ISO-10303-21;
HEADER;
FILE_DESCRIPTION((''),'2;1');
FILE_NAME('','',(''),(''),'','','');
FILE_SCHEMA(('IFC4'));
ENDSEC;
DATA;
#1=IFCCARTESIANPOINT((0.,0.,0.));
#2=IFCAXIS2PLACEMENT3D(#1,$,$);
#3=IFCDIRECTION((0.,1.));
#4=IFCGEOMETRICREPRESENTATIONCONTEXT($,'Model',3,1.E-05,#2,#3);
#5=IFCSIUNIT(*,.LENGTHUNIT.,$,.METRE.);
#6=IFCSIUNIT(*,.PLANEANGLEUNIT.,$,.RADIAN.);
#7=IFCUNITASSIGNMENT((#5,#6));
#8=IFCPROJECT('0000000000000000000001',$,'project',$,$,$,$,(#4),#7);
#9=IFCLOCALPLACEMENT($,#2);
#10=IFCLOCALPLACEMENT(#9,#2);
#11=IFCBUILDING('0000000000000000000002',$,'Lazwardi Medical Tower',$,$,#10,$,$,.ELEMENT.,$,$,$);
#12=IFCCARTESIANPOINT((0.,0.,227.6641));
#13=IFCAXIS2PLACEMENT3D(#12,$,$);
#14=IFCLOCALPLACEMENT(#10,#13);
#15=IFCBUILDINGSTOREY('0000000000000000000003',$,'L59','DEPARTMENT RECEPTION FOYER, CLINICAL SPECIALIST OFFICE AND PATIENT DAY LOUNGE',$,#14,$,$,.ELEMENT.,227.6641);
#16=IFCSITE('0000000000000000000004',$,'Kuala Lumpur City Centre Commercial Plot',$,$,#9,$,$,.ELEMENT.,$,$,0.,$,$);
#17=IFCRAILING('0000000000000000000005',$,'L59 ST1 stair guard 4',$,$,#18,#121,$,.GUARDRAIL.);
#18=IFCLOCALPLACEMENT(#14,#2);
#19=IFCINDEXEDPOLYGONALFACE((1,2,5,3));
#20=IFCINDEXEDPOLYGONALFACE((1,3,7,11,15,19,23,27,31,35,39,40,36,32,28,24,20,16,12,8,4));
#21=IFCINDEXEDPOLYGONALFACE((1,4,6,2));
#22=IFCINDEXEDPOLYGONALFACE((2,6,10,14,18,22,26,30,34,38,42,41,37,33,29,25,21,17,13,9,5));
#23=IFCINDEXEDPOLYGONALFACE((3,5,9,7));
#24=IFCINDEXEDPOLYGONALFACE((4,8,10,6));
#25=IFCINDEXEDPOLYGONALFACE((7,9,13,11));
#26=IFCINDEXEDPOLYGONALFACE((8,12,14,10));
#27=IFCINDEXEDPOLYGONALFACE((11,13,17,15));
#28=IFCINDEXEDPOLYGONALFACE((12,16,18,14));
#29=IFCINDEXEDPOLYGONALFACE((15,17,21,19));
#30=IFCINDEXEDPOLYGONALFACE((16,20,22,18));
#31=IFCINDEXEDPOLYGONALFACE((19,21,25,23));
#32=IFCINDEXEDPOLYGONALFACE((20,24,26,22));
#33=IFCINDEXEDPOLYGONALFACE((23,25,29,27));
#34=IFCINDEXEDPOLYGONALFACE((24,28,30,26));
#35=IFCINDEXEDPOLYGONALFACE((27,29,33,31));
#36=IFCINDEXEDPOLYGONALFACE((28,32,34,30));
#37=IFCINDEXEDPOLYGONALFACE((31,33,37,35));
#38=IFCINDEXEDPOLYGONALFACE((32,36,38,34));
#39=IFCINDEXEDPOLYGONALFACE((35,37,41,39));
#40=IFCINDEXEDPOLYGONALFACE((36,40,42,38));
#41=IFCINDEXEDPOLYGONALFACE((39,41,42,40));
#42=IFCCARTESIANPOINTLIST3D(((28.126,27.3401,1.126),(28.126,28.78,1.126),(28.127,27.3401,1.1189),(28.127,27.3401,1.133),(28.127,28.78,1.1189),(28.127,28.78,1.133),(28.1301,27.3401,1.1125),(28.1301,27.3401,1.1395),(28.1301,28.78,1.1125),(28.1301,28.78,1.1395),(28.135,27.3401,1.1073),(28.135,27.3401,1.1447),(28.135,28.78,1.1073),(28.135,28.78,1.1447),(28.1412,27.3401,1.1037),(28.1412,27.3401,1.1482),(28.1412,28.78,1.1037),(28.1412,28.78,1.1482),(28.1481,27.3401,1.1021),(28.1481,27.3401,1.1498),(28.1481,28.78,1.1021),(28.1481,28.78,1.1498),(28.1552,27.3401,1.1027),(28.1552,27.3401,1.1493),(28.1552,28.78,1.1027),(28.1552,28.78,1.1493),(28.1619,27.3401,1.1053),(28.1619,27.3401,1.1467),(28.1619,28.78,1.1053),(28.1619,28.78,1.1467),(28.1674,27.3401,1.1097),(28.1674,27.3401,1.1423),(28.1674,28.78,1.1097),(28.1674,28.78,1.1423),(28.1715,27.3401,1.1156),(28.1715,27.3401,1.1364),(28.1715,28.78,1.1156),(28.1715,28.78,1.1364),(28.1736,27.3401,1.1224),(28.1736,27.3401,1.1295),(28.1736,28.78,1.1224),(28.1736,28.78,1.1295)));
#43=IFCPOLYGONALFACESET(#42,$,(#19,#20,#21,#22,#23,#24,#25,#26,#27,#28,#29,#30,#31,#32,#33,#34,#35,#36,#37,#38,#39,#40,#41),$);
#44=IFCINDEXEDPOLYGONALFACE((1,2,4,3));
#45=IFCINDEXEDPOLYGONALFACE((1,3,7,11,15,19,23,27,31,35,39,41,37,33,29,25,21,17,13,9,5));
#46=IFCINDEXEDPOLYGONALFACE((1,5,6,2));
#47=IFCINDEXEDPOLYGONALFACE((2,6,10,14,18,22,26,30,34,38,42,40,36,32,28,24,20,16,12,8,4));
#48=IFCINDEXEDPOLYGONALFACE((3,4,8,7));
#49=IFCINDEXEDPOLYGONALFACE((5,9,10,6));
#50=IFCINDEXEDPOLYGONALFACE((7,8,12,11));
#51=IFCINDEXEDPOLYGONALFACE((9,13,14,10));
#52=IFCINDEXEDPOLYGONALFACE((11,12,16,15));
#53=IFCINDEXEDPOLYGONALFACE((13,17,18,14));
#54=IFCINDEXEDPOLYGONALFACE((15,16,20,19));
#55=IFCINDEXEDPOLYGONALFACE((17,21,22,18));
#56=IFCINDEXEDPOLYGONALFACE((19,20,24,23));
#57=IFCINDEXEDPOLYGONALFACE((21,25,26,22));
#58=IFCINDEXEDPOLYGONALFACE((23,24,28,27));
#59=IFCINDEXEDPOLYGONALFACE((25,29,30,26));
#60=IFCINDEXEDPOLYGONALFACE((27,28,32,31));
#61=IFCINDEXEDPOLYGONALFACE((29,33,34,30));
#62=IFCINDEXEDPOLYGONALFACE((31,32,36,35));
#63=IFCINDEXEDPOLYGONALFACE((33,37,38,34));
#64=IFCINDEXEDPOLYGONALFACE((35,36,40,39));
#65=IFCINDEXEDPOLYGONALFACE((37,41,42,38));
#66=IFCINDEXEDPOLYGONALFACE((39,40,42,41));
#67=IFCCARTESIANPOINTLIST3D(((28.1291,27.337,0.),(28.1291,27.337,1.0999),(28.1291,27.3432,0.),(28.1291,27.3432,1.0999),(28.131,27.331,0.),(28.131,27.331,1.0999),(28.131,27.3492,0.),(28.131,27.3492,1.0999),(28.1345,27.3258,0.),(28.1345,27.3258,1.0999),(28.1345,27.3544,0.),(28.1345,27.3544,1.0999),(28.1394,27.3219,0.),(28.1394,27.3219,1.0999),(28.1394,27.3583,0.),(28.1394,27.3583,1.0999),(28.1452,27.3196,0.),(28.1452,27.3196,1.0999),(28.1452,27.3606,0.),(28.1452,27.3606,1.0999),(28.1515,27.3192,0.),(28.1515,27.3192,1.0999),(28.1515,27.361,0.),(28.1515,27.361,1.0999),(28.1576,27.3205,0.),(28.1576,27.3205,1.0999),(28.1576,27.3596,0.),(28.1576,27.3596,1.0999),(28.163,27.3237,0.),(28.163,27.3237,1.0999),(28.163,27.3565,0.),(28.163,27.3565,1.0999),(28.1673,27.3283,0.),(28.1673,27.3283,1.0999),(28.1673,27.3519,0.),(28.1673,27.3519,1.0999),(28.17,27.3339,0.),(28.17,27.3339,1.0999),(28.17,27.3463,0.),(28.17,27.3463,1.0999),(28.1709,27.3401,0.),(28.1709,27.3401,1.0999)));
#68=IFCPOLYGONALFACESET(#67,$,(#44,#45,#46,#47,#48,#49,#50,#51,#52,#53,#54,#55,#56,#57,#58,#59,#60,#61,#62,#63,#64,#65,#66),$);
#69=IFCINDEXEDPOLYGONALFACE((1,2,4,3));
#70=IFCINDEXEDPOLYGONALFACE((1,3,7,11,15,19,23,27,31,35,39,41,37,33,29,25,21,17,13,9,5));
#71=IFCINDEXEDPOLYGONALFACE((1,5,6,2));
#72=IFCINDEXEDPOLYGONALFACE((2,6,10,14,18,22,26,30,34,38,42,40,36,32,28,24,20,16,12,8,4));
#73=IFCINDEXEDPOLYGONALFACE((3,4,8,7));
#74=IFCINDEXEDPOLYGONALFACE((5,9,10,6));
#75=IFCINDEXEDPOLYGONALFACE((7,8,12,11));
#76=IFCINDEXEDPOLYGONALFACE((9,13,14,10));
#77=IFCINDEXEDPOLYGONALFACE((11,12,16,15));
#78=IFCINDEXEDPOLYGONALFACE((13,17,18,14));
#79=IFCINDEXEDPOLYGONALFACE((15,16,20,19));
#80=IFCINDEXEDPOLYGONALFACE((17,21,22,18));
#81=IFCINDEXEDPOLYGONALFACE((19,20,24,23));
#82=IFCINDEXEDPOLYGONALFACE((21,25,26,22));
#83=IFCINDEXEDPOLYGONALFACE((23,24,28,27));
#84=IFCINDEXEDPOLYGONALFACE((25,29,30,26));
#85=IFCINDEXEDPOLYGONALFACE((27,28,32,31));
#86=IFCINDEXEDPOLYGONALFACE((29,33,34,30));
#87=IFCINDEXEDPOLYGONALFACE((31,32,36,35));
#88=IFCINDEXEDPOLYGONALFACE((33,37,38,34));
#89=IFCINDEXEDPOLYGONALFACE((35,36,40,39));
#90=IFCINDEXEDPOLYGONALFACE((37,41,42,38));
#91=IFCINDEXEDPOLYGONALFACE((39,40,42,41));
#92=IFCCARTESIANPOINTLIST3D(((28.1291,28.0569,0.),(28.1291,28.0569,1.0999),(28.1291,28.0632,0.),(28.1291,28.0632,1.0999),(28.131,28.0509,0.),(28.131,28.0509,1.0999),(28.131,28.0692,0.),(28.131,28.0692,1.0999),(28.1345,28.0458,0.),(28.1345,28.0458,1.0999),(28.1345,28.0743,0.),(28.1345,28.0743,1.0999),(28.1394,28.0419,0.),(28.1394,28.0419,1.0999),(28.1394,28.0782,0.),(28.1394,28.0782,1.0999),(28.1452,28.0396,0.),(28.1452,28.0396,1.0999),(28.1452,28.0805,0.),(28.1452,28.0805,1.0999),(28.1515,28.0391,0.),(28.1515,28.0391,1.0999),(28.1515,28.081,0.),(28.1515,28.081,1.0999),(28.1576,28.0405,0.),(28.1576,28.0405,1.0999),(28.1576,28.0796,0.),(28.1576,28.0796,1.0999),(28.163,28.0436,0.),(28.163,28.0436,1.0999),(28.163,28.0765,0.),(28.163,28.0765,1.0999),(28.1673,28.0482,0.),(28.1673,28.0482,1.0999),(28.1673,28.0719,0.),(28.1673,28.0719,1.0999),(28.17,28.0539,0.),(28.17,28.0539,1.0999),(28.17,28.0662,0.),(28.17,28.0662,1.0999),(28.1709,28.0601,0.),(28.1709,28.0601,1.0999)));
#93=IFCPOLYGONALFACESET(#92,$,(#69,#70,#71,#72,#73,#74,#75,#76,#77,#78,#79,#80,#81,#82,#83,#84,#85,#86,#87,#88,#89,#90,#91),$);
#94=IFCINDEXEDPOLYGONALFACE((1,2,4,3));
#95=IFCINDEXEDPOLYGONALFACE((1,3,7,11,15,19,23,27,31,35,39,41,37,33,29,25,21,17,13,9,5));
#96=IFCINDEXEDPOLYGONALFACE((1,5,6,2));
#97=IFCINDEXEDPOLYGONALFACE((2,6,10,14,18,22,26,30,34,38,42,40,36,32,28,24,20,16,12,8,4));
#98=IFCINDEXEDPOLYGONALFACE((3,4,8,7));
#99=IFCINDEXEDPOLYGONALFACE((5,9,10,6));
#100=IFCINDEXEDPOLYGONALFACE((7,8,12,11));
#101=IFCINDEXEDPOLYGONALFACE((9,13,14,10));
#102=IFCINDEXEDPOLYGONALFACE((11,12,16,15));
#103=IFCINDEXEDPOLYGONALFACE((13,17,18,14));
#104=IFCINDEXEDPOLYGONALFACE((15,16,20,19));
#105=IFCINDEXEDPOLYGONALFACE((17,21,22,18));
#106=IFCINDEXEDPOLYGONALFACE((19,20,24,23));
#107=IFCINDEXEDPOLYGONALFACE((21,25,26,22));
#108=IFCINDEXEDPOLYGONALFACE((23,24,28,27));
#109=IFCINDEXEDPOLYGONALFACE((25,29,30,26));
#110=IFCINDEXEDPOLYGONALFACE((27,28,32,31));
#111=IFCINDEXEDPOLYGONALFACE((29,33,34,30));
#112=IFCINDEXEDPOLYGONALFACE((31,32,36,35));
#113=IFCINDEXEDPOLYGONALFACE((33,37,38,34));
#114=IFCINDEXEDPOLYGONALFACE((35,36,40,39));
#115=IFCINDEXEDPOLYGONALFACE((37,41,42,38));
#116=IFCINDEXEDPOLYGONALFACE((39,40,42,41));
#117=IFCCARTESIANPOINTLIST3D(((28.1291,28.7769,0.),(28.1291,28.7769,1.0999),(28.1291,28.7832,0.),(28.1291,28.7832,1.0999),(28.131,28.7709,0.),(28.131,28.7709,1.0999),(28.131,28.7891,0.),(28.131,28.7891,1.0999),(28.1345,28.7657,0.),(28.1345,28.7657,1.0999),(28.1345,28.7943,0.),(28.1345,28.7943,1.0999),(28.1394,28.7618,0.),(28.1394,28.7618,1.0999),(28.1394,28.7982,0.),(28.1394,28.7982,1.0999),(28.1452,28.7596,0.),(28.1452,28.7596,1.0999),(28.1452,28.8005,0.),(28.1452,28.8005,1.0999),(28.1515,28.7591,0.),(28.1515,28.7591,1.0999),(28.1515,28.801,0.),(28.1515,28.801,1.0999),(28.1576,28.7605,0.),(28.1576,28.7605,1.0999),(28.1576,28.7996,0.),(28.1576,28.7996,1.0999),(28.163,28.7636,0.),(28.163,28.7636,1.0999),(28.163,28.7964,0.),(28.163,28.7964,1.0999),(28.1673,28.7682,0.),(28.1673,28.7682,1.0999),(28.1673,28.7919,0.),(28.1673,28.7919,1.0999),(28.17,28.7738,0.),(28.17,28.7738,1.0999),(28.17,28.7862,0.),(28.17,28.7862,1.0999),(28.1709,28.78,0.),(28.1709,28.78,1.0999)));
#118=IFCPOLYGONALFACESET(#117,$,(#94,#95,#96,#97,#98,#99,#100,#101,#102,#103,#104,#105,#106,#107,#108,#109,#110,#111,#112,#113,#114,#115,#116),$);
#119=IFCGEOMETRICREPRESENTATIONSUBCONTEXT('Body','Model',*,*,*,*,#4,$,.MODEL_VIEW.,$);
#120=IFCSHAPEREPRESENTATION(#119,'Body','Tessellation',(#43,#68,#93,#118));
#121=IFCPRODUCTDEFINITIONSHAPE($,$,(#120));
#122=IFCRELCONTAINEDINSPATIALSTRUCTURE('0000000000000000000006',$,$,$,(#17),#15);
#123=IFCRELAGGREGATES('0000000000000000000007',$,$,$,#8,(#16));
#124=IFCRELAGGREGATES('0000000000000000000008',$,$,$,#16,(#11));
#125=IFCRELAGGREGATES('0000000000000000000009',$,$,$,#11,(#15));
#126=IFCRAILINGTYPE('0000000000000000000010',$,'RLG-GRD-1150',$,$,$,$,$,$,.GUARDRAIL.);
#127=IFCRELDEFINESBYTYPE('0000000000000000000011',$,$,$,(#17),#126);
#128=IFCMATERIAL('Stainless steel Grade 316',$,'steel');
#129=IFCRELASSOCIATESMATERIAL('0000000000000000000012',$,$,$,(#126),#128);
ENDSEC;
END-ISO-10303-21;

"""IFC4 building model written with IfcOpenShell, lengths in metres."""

from ifc_helpers import new_model, si_unit, direction, frame, origin, origin_2d, place, context, subcontext, project, spatial, circle, extrude, material, type_object, element, save


model = new_model("IFC4")

# Units and contexts
model_context = context("Model", 3, precision=1e-05, world=origin(), true_north=direction((0.0, 1.0)))
body_context = subcontext(model_context, "Body", "Model", "MODEL_VIEW")
ifc_project = project(units=[si_unit("LENGTHUNIT", "METRE"), si_unit("PLANEANGLEUNIT", "RADIAN")], contexts=[model_context])

# Site, building, storey
site_placement = place(None, origin())
site = spatial("IfcSite", under=ifc_project, at=site_placement, Name="Kuala Lumpur City Centre Commercial Plot", CompositionType="ELEMENT", RefElevation=0.0)
building_placement = place(site_placement, origin())
building = spatial("IfcBuilding", under=site, at=building_placement, Name="Lazwardi Medical Tower", CompositionType="ELEMENT")
storey_placement = place(building_placement, frame((0.0, 0.0, 227.6641)))
storey = spatial("IfcBuildingStorey", under=building, at=storey_placement, Name="L59", Description="DEPARTMENT RECEPTION FOYER, CLINICAL SPECIALIST OFFICE AND PATIENT DAY LOUNGE", CompositionType="ELEMENT", Elevation=227.6641)

# Railing
ifc_material_1 = material(Name="Stainless steel Grade 316", Category="steel")
railing_type_1 = type_object("IfcRailingType", Name="RLG-GRD-1150", PredefinedType="GUARDRAIL", material=ifc_material_1)
railing_1_placement = place(storey_placement, frame((28.1499, 27.3401, 0.0)))
element("IfcRailing", 1, at=railing_1_placement, inside=storey, type_object=railing_type_1, Name="L59 ST1 stair guard 4", PredefinedType="GUARDRAIL", context=body_context, shape_type="SweptSolid", body=[
    extrude(circle(Radius=0.0239, at=origin_2d()), frame((0.0, 0.0, 1.126), z_axis=(0.0, 1.0, 0.0), x_axis=(-1.0, 0.0, 0.0)), (0.0, 0.0, 1.0), 1.4399),
    extrude(circle(Radius=0.021, at=origin_2d()), origin(), (0.0, 0.0, 1.0), 1.0999),
    extrude(circle(Radius=0.021, at=origin_2d()), frame((0.0, 0.72, 0.0)), (0.0, 0.0, 1.0), 1.0999),
    extrude(circle(Radius=0.021, at=origin_2d()), frame((0.0, 1.4399, 0.0)), (0.0, 0.0, 1.0), 1.0999),
])

save(model, "model.ifc")
